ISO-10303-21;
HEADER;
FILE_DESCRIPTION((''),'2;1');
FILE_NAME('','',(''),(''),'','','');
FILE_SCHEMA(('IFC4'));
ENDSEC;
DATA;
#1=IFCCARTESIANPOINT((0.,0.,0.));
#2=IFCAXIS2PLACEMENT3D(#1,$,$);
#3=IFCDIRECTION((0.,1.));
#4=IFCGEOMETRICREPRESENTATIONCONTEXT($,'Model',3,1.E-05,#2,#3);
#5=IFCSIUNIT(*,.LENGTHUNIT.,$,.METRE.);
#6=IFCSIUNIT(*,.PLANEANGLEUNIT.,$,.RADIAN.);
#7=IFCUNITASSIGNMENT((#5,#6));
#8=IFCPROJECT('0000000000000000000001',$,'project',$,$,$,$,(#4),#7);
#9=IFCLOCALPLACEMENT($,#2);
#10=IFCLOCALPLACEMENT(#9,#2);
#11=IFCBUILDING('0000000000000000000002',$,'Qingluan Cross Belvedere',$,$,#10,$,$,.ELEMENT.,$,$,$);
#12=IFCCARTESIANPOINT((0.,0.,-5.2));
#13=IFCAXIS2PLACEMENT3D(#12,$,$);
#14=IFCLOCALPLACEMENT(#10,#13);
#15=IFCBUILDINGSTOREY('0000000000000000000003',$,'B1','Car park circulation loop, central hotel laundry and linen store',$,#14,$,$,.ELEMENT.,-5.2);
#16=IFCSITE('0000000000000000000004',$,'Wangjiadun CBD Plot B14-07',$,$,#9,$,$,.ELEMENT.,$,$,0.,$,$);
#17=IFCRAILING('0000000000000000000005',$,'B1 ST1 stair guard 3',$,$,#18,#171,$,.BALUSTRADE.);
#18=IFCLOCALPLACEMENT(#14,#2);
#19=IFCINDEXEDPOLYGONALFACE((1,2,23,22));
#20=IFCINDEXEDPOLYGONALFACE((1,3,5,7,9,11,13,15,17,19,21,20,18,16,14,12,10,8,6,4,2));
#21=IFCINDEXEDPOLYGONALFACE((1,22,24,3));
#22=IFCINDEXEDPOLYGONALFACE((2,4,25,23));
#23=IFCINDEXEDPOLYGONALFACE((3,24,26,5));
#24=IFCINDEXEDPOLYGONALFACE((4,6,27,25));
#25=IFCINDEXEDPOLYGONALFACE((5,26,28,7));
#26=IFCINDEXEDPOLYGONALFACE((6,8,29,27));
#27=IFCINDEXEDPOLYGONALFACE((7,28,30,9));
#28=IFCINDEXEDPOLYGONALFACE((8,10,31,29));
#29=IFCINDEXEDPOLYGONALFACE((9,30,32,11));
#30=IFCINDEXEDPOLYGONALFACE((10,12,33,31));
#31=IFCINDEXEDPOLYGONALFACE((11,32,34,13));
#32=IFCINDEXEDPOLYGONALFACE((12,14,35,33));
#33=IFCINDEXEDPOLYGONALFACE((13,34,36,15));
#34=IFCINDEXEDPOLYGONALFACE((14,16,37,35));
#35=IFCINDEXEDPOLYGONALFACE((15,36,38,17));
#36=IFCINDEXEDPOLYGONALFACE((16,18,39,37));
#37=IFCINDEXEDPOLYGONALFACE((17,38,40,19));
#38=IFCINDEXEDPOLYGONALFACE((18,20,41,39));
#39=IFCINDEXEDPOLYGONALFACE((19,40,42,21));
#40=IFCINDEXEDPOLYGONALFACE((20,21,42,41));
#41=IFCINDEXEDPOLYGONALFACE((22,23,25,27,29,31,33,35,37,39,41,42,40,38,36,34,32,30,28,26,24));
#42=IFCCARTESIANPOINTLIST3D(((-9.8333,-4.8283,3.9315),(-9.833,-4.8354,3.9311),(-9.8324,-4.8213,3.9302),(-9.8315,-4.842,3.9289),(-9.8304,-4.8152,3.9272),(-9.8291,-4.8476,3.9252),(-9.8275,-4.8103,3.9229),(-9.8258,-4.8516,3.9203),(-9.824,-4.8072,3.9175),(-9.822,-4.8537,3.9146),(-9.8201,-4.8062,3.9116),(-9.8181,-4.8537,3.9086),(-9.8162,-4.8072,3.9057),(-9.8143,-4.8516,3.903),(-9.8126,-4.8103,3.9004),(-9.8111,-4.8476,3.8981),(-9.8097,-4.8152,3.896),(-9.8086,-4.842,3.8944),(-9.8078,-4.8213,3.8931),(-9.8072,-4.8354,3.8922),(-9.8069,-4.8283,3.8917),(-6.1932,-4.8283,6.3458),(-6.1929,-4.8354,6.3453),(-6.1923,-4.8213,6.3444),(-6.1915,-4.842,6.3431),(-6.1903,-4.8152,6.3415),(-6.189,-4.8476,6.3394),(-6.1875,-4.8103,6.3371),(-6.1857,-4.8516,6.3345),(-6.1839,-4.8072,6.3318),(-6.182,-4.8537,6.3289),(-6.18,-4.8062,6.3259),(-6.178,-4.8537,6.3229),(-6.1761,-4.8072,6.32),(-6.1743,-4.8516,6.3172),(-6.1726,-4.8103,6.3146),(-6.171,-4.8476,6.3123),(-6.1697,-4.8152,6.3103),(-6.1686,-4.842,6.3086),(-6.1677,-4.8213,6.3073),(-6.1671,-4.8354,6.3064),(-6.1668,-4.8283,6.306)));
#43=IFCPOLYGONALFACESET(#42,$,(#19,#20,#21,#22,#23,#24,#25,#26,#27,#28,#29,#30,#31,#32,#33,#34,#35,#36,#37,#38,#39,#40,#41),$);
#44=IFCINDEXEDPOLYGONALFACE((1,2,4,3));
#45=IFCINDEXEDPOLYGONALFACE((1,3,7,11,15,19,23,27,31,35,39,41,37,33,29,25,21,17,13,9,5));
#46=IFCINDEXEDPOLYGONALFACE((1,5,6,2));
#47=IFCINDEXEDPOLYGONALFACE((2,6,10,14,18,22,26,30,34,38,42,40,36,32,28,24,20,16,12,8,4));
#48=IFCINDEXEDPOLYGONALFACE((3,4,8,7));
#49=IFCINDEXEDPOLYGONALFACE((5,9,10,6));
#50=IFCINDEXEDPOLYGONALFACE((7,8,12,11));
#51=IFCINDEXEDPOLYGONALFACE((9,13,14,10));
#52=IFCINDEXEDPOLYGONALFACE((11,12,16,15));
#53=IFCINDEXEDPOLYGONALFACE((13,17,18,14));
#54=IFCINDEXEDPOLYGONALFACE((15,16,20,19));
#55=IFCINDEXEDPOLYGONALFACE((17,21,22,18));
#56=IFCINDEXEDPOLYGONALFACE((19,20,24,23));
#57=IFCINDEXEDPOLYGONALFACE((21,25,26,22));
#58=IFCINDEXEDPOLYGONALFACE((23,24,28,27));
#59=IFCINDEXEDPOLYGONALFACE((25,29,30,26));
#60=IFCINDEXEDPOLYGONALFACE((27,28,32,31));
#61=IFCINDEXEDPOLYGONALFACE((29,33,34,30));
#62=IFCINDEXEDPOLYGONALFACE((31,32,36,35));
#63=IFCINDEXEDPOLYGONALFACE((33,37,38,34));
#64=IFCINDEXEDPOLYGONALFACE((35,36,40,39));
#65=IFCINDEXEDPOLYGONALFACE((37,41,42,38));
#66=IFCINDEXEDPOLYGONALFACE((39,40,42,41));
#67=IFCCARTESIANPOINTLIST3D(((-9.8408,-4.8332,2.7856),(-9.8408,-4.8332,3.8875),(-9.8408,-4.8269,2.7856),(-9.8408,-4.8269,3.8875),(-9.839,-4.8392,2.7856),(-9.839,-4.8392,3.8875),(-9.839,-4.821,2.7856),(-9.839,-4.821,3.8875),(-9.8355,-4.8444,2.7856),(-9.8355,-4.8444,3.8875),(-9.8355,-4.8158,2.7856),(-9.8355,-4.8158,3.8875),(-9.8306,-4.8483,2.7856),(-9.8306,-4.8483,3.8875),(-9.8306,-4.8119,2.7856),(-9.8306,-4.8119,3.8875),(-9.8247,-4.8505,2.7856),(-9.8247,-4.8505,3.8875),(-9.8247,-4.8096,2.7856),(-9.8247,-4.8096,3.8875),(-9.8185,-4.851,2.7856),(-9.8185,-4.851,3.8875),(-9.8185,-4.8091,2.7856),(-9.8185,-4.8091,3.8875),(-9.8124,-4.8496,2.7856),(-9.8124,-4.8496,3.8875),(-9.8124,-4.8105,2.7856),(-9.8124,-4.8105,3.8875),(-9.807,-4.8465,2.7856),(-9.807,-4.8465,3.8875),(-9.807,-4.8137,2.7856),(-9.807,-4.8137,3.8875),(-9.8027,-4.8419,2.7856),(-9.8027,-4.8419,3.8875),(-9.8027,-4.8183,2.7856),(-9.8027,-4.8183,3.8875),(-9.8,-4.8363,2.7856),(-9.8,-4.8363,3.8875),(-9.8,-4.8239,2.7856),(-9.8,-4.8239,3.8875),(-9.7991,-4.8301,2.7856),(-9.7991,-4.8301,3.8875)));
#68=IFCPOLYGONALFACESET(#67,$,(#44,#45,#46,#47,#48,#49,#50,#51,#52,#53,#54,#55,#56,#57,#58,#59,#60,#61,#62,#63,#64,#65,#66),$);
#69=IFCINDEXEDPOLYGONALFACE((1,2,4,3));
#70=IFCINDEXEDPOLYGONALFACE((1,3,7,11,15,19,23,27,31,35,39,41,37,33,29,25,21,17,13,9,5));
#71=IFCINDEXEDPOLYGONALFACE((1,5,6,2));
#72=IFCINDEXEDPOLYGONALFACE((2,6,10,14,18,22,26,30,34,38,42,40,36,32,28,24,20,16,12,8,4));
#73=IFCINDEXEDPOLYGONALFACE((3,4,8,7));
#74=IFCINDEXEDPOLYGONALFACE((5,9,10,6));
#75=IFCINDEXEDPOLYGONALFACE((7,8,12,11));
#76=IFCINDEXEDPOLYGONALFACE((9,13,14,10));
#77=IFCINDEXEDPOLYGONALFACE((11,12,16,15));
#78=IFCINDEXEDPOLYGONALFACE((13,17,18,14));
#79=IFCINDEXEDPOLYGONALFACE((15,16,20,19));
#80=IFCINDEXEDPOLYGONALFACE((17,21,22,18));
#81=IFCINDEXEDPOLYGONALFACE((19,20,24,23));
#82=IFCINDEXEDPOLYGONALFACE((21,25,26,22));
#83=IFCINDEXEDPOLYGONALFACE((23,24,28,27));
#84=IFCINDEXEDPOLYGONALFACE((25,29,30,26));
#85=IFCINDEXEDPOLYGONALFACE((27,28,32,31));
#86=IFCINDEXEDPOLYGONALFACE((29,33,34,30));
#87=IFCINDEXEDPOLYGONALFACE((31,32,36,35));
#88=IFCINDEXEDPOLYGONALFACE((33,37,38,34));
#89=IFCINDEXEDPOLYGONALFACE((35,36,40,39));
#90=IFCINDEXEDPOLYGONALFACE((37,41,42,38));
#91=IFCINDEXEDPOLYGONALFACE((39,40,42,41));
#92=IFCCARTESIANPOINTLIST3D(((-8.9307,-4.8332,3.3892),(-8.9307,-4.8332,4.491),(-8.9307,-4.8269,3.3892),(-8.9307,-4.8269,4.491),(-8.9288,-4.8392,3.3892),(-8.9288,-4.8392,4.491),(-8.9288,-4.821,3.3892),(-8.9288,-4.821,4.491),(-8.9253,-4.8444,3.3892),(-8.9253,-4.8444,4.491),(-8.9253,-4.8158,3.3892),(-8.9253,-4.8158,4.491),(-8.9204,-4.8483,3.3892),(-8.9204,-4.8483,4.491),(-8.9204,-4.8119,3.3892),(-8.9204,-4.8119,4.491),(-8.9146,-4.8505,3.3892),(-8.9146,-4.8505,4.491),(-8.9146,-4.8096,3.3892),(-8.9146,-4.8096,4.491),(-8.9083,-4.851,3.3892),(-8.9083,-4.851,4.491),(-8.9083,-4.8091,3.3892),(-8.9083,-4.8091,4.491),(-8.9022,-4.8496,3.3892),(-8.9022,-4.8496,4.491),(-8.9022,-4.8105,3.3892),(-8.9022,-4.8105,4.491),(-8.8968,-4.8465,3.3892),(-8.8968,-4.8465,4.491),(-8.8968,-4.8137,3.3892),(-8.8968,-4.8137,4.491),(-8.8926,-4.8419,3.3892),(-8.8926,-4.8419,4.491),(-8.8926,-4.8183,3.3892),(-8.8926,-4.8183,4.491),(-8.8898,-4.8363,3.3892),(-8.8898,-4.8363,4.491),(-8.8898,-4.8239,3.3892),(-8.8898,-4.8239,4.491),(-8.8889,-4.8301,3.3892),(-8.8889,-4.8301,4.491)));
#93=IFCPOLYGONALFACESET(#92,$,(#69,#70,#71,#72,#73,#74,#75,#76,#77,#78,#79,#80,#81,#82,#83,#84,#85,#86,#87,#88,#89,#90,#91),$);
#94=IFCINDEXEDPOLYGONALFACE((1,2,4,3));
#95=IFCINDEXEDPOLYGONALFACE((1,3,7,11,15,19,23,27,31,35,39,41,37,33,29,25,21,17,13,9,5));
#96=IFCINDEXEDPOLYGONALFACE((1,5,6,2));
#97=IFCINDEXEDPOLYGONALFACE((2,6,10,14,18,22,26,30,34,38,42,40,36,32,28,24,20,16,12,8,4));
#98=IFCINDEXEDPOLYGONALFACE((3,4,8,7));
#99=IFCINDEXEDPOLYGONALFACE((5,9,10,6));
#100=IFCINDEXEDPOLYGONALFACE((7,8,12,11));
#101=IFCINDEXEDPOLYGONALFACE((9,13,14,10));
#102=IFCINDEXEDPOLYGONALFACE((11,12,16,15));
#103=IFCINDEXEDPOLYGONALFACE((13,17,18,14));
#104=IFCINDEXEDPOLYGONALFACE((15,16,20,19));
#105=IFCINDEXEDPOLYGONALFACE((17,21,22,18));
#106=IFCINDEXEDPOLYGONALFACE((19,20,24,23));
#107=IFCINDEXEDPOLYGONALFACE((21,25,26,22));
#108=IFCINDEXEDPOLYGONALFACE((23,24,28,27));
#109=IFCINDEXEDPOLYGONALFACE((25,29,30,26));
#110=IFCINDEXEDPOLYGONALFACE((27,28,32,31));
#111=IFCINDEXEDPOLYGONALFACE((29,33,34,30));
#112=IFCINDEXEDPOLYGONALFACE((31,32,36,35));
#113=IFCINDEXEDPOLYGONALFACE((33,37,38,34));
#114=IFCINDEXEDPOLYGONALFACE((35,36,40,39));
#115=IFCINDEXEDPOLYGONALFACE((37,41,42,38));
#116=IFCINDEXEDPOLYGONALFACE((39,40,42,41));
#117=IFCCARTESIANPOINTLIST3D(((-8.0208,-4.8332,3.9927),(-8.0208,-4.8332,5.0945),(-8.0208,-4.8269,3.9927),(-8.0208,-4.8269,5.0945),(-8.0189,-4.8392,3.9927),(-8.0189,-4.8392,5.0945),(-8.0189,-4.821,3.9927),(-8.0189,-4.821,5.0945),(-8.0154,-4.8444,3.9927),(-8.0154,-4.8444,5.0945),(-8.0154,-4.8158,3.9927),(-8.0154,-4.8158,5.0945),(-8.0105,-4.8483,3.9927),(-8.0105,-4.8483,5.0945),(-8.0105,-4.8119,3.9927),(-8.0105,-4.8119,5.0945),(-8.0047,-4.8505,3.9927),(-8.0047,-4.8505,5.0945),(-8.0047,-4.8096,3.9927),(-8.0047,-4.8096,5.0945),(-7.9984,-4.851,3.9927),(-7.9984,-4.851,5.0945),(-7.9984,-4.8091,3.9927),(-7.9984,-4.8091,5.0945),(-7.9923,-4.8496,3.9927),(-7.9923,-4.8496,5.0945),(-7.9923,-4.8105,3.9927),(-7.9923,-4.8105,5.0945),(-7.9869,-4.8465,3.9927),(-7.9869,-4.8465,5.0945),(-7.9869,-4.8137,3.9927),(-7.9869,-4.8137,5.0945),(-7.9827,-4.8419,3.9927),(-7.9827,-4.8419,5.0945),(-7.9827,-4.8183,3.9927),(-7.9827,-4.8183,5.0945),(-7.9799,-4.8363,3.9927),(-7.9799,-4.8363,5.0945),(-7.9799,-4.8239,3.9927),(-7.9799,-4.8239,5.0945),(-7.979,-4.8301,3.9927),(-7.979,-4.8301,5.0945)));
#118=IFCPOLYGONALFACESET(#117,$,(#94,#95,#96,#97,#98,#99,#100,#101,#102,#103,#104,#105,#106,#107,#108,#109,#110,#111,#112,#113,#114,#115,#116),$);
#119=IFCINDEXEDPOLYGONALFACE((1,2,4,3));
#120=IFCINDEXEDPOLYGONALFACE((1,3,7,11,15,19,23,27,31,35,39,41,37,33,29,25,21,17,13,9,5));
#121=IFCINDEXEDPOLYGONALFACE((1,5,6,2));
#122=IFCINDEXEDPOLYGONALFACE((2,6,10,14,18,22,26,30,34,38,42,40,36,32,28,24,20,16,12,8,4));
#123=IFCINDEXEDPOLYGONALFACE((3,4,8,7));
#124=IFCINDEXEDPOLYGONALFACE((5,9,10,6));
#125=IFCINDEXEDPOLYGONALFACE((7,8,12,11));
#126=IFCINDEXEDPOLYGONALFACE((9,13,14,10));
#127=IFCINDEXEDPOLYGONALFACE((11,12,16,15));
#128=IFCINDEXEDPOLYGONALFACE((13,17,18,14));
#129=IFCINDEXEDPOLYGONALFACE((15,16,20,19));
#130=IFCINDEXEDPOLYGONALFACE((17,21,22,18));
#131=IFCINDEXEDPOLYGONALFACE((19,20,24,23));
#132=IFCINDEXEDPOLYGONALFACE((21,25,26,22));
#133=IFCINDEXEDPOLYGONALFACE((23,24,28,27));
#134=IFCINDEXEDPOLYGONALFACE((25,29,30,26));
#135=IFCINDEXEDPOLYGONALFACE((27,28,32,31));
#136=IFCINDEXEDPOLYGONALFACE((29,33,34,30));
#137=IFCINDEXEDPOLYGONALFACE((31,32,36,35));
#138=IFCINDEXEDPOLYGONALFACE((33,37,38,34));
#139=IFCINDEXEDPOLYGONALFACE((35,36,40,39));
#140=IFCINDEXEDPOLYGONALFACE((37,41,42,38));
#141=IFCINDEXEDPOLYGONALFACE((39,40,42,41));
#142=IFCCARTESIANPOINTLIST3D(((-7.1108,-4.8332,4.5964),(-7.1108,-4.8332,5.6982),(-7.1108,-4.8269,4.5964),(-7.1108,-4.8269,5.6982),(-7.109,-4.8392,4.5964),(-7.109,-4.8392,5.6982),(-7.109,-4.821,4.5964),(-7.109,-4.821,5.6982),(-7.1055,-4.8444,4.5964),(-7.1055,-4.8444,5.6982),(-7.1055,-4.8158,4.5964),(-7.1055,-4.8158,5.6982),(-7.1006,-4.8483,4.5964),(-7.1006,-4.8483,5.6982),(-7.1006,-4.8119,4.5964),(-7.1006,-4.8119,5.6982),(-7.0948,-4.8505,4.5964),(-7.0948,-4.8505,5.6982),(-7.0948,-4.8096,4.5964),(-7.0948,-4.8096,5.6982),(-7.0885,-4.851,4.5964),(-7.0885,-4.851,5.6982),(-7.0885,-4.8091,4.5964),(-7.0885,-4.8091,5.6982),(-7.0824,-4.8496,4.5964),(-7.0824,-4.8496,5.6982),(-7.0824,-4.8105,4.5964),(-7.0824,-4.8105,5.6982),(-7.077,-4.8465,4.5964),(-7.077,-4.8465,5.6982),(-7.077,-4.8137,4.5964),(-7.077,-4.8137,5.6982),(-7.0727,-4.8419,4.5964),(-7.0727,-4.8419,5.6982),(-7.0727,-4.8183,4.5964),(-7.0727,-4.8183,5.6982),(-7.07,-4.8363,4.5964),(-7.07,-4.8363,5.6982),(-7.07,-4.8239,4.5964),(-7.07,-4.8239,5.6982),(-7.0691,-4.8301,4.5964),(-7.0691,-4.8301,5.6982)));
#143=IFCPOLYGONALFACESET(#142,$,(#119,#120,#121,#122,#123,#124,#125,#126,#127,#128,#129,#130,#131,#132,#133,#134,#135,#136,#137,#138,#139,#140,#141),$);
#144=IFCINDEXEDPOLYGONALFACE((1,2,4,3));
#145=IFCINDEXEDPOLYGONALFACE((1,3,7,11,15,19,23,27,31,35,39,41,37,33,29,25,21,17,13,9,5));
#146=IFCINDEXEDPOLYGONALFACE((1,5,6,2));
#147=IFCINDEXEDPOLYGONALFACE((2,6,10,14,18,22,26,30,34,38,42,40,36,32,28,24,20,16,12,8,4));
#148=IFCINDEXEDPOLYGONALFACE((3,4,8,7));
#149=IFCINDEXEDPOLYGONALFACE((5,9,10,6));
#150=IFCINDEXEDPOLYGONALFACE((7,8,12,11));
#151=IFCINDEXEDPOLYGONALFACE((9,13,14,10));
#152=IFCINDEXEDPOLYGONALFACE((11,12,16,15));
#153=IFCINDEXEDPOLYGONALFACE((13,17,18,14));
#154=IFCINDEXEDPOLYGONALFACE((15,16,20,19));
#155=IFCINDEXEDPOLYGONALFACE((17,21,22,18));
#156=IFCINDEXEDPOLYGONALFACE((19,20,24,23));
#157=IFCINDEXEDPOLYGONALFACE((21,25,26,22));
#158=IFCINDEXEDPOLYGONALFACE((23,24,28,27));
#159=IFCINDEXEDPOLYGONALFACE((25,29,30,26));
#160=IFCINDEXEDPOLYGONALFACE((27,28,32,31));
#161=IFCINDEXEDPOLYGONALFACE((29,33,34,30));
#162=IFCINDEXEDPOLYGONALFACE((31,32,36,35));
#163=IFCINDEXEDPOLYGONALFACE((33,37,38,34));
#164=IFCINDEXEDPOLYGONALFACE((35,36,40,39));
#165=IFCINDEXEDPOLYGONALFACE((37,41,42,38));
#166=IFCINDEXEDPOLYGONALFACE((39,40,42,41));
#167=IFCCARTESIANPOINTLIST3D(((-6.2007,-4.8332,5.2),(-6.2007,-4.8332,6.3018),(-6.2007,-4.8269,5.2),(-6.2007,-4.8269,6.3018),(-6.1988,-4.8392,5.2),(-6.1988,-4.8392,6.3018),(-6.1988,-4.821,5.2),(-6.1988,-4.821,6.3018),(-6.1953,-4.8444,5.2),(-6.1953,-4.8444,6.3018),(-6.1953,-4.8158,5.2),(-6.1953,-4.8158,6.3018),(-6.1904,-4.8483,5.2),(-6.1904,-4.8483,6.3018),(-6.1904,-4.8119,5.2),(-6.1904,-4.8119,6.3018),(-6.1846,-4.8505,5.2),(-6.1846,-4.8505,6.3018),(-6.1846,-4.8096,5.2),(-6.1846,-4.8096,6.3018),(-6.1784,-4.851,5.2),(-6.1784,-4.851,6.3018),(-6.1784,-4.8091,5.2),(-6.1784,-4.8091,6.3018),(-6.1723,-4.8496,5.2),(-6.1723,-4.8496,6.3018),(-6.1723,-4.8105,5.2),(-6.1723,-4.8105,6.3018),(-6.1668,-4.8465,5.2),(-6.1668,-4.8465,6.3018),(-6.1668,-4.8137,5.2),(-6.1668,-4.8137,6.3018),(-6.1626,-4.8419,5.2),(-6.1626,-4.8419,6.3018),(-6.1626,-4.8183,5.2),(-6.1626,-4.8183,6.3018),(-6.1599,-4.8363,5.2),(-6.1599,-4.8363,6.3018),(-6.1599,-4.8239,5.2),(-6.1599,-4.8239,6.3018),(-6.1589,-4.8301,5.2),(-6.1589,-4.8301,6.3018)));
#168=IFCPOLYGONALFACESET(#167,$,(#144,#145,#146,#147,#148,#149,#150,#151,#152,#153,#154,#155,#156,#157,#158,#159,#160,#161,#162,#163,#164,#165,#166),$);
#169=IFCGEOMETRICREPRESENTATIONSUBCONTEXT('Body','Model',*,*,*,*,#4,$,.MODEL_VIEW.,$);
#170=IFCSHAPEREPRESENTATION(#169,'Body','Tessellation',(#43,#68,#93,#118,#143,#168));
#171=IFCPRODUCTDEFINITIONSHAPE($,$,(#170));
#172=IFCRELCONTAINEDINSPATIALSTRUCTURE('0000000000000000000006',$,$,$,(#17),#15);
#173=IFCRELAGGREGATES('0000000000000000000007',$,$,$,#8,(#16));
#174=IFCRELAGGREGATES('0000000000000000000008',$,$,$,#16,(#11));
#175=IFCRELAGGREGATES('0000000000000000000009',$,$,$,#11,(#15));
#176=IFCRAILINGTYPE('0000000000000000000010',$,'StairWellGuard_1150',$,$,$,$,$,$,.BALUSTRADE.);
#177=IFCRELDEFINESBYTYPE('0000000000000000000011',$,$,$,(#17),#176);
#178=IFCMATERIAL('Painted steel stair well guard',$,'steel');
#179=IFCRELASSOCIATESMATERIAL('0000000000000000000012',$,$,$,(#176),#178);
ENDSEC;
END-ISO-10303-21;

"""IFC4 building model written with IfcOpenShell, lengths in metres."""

from ifc_helpers import new_model, si_unit, direction, frame, origin, origin_2d, place, context, subcontext, project, spatial, circle, extrude, material, type_object, element, save


model = new_model("IFC4")

# Units and contexts
model_context = context("Model", 3, precision=1e-05, world=origin(), true_north=direction((0.0, 1.0)))
body_context = subcontext(model_context, "Body", "Model", "MODEL_VIEW")
ifc_project = project(units=[si_unit("LENGTHUNIT", "METRE"), si_unit("PLANEANGLEUNIT", "RADIAN")], contexts=[model_context])

# Site, building, storey
site_placement = place(None, origin())
site = spatial("IfcSite", under=ifc_project, at=site_placement, Name="Wangjiadun CBD Plot B14-07", CompositionType="ELEMENT", RefElevation=0.0)
building_placement = place(site_placement, origin())
building = spatial("IfcBuilding", under=site, at=building_placement, Name="Qingluan Cross Belvedere", CompositionType="ELEMENT")
storey_placement = place(building_placement, frame((0.0, 0.0, -5.2)))
storey = spatial("IfcBuildingStorey", under=building, at=storey_placement, Name="B1", Description="Car park circulation loop, central hotel laundry and linen store", CompositionType="ELEMENT", Elevation=-5.2)

# Railing
ifc_material_1 = material(Name="Painted steel stair well guard", Category="steel")
railing_type_1 = type_object("IfcRailingType", Name="StairWellGuard_1150", PredefinedType="BALUSTRADE", material=ifc_material_1)
railing_1_placement = place(storey_placement, frame((-9.8201, -4.8301, 2.7856)))
element("IfcRailing", 1, at=railing_1_placement, inside=storey, type_object=railing_type_1, Name="B1 ST1 stair guard 3", PredefinedType="BALUSTRADE", context=body_context, shape_type="SweptSolid", body=[
    extrude(circle(Radius=0.0239, at=origin_2d()), frame((0.0, 0.0, 1.126), z_axis=(0.833364, 0.0, 0.552725), x_axis=(0.0, 1.0, 0.0)), (0.0, 0.0, 1.0), 4.3679),
    extrude(circle(Radius=0.021, at=origin_2d()), origin(), (0.0, 0.0, 1.0), 1.1018),
    extrude(circle(Radius=0.021, at=origin_2d()), frame((0.9102, 0.0, 0.6035)), (0.0, 0.0, 1.0), 1.1018),
    extrude(circle(Radius=0.021, at=origin_2d()), frame((1.8201, 0.0, 1.207)), (0.0, 0.0, 1.0), 1.1018),
    extrude(circle(Radius=0.021, at=origin_2d()), frame((2.73, 0.0, 1.8108)), (0.0, 0.0, 1.0), 1.1018),
    extrude(circle(Radius=0.021, at=origin_2d()), frame((3.6401, 0.0, 2.4143)), (0.0, 0.0, 1.0), 1.1018),
])

save(model, "model.ifc")
